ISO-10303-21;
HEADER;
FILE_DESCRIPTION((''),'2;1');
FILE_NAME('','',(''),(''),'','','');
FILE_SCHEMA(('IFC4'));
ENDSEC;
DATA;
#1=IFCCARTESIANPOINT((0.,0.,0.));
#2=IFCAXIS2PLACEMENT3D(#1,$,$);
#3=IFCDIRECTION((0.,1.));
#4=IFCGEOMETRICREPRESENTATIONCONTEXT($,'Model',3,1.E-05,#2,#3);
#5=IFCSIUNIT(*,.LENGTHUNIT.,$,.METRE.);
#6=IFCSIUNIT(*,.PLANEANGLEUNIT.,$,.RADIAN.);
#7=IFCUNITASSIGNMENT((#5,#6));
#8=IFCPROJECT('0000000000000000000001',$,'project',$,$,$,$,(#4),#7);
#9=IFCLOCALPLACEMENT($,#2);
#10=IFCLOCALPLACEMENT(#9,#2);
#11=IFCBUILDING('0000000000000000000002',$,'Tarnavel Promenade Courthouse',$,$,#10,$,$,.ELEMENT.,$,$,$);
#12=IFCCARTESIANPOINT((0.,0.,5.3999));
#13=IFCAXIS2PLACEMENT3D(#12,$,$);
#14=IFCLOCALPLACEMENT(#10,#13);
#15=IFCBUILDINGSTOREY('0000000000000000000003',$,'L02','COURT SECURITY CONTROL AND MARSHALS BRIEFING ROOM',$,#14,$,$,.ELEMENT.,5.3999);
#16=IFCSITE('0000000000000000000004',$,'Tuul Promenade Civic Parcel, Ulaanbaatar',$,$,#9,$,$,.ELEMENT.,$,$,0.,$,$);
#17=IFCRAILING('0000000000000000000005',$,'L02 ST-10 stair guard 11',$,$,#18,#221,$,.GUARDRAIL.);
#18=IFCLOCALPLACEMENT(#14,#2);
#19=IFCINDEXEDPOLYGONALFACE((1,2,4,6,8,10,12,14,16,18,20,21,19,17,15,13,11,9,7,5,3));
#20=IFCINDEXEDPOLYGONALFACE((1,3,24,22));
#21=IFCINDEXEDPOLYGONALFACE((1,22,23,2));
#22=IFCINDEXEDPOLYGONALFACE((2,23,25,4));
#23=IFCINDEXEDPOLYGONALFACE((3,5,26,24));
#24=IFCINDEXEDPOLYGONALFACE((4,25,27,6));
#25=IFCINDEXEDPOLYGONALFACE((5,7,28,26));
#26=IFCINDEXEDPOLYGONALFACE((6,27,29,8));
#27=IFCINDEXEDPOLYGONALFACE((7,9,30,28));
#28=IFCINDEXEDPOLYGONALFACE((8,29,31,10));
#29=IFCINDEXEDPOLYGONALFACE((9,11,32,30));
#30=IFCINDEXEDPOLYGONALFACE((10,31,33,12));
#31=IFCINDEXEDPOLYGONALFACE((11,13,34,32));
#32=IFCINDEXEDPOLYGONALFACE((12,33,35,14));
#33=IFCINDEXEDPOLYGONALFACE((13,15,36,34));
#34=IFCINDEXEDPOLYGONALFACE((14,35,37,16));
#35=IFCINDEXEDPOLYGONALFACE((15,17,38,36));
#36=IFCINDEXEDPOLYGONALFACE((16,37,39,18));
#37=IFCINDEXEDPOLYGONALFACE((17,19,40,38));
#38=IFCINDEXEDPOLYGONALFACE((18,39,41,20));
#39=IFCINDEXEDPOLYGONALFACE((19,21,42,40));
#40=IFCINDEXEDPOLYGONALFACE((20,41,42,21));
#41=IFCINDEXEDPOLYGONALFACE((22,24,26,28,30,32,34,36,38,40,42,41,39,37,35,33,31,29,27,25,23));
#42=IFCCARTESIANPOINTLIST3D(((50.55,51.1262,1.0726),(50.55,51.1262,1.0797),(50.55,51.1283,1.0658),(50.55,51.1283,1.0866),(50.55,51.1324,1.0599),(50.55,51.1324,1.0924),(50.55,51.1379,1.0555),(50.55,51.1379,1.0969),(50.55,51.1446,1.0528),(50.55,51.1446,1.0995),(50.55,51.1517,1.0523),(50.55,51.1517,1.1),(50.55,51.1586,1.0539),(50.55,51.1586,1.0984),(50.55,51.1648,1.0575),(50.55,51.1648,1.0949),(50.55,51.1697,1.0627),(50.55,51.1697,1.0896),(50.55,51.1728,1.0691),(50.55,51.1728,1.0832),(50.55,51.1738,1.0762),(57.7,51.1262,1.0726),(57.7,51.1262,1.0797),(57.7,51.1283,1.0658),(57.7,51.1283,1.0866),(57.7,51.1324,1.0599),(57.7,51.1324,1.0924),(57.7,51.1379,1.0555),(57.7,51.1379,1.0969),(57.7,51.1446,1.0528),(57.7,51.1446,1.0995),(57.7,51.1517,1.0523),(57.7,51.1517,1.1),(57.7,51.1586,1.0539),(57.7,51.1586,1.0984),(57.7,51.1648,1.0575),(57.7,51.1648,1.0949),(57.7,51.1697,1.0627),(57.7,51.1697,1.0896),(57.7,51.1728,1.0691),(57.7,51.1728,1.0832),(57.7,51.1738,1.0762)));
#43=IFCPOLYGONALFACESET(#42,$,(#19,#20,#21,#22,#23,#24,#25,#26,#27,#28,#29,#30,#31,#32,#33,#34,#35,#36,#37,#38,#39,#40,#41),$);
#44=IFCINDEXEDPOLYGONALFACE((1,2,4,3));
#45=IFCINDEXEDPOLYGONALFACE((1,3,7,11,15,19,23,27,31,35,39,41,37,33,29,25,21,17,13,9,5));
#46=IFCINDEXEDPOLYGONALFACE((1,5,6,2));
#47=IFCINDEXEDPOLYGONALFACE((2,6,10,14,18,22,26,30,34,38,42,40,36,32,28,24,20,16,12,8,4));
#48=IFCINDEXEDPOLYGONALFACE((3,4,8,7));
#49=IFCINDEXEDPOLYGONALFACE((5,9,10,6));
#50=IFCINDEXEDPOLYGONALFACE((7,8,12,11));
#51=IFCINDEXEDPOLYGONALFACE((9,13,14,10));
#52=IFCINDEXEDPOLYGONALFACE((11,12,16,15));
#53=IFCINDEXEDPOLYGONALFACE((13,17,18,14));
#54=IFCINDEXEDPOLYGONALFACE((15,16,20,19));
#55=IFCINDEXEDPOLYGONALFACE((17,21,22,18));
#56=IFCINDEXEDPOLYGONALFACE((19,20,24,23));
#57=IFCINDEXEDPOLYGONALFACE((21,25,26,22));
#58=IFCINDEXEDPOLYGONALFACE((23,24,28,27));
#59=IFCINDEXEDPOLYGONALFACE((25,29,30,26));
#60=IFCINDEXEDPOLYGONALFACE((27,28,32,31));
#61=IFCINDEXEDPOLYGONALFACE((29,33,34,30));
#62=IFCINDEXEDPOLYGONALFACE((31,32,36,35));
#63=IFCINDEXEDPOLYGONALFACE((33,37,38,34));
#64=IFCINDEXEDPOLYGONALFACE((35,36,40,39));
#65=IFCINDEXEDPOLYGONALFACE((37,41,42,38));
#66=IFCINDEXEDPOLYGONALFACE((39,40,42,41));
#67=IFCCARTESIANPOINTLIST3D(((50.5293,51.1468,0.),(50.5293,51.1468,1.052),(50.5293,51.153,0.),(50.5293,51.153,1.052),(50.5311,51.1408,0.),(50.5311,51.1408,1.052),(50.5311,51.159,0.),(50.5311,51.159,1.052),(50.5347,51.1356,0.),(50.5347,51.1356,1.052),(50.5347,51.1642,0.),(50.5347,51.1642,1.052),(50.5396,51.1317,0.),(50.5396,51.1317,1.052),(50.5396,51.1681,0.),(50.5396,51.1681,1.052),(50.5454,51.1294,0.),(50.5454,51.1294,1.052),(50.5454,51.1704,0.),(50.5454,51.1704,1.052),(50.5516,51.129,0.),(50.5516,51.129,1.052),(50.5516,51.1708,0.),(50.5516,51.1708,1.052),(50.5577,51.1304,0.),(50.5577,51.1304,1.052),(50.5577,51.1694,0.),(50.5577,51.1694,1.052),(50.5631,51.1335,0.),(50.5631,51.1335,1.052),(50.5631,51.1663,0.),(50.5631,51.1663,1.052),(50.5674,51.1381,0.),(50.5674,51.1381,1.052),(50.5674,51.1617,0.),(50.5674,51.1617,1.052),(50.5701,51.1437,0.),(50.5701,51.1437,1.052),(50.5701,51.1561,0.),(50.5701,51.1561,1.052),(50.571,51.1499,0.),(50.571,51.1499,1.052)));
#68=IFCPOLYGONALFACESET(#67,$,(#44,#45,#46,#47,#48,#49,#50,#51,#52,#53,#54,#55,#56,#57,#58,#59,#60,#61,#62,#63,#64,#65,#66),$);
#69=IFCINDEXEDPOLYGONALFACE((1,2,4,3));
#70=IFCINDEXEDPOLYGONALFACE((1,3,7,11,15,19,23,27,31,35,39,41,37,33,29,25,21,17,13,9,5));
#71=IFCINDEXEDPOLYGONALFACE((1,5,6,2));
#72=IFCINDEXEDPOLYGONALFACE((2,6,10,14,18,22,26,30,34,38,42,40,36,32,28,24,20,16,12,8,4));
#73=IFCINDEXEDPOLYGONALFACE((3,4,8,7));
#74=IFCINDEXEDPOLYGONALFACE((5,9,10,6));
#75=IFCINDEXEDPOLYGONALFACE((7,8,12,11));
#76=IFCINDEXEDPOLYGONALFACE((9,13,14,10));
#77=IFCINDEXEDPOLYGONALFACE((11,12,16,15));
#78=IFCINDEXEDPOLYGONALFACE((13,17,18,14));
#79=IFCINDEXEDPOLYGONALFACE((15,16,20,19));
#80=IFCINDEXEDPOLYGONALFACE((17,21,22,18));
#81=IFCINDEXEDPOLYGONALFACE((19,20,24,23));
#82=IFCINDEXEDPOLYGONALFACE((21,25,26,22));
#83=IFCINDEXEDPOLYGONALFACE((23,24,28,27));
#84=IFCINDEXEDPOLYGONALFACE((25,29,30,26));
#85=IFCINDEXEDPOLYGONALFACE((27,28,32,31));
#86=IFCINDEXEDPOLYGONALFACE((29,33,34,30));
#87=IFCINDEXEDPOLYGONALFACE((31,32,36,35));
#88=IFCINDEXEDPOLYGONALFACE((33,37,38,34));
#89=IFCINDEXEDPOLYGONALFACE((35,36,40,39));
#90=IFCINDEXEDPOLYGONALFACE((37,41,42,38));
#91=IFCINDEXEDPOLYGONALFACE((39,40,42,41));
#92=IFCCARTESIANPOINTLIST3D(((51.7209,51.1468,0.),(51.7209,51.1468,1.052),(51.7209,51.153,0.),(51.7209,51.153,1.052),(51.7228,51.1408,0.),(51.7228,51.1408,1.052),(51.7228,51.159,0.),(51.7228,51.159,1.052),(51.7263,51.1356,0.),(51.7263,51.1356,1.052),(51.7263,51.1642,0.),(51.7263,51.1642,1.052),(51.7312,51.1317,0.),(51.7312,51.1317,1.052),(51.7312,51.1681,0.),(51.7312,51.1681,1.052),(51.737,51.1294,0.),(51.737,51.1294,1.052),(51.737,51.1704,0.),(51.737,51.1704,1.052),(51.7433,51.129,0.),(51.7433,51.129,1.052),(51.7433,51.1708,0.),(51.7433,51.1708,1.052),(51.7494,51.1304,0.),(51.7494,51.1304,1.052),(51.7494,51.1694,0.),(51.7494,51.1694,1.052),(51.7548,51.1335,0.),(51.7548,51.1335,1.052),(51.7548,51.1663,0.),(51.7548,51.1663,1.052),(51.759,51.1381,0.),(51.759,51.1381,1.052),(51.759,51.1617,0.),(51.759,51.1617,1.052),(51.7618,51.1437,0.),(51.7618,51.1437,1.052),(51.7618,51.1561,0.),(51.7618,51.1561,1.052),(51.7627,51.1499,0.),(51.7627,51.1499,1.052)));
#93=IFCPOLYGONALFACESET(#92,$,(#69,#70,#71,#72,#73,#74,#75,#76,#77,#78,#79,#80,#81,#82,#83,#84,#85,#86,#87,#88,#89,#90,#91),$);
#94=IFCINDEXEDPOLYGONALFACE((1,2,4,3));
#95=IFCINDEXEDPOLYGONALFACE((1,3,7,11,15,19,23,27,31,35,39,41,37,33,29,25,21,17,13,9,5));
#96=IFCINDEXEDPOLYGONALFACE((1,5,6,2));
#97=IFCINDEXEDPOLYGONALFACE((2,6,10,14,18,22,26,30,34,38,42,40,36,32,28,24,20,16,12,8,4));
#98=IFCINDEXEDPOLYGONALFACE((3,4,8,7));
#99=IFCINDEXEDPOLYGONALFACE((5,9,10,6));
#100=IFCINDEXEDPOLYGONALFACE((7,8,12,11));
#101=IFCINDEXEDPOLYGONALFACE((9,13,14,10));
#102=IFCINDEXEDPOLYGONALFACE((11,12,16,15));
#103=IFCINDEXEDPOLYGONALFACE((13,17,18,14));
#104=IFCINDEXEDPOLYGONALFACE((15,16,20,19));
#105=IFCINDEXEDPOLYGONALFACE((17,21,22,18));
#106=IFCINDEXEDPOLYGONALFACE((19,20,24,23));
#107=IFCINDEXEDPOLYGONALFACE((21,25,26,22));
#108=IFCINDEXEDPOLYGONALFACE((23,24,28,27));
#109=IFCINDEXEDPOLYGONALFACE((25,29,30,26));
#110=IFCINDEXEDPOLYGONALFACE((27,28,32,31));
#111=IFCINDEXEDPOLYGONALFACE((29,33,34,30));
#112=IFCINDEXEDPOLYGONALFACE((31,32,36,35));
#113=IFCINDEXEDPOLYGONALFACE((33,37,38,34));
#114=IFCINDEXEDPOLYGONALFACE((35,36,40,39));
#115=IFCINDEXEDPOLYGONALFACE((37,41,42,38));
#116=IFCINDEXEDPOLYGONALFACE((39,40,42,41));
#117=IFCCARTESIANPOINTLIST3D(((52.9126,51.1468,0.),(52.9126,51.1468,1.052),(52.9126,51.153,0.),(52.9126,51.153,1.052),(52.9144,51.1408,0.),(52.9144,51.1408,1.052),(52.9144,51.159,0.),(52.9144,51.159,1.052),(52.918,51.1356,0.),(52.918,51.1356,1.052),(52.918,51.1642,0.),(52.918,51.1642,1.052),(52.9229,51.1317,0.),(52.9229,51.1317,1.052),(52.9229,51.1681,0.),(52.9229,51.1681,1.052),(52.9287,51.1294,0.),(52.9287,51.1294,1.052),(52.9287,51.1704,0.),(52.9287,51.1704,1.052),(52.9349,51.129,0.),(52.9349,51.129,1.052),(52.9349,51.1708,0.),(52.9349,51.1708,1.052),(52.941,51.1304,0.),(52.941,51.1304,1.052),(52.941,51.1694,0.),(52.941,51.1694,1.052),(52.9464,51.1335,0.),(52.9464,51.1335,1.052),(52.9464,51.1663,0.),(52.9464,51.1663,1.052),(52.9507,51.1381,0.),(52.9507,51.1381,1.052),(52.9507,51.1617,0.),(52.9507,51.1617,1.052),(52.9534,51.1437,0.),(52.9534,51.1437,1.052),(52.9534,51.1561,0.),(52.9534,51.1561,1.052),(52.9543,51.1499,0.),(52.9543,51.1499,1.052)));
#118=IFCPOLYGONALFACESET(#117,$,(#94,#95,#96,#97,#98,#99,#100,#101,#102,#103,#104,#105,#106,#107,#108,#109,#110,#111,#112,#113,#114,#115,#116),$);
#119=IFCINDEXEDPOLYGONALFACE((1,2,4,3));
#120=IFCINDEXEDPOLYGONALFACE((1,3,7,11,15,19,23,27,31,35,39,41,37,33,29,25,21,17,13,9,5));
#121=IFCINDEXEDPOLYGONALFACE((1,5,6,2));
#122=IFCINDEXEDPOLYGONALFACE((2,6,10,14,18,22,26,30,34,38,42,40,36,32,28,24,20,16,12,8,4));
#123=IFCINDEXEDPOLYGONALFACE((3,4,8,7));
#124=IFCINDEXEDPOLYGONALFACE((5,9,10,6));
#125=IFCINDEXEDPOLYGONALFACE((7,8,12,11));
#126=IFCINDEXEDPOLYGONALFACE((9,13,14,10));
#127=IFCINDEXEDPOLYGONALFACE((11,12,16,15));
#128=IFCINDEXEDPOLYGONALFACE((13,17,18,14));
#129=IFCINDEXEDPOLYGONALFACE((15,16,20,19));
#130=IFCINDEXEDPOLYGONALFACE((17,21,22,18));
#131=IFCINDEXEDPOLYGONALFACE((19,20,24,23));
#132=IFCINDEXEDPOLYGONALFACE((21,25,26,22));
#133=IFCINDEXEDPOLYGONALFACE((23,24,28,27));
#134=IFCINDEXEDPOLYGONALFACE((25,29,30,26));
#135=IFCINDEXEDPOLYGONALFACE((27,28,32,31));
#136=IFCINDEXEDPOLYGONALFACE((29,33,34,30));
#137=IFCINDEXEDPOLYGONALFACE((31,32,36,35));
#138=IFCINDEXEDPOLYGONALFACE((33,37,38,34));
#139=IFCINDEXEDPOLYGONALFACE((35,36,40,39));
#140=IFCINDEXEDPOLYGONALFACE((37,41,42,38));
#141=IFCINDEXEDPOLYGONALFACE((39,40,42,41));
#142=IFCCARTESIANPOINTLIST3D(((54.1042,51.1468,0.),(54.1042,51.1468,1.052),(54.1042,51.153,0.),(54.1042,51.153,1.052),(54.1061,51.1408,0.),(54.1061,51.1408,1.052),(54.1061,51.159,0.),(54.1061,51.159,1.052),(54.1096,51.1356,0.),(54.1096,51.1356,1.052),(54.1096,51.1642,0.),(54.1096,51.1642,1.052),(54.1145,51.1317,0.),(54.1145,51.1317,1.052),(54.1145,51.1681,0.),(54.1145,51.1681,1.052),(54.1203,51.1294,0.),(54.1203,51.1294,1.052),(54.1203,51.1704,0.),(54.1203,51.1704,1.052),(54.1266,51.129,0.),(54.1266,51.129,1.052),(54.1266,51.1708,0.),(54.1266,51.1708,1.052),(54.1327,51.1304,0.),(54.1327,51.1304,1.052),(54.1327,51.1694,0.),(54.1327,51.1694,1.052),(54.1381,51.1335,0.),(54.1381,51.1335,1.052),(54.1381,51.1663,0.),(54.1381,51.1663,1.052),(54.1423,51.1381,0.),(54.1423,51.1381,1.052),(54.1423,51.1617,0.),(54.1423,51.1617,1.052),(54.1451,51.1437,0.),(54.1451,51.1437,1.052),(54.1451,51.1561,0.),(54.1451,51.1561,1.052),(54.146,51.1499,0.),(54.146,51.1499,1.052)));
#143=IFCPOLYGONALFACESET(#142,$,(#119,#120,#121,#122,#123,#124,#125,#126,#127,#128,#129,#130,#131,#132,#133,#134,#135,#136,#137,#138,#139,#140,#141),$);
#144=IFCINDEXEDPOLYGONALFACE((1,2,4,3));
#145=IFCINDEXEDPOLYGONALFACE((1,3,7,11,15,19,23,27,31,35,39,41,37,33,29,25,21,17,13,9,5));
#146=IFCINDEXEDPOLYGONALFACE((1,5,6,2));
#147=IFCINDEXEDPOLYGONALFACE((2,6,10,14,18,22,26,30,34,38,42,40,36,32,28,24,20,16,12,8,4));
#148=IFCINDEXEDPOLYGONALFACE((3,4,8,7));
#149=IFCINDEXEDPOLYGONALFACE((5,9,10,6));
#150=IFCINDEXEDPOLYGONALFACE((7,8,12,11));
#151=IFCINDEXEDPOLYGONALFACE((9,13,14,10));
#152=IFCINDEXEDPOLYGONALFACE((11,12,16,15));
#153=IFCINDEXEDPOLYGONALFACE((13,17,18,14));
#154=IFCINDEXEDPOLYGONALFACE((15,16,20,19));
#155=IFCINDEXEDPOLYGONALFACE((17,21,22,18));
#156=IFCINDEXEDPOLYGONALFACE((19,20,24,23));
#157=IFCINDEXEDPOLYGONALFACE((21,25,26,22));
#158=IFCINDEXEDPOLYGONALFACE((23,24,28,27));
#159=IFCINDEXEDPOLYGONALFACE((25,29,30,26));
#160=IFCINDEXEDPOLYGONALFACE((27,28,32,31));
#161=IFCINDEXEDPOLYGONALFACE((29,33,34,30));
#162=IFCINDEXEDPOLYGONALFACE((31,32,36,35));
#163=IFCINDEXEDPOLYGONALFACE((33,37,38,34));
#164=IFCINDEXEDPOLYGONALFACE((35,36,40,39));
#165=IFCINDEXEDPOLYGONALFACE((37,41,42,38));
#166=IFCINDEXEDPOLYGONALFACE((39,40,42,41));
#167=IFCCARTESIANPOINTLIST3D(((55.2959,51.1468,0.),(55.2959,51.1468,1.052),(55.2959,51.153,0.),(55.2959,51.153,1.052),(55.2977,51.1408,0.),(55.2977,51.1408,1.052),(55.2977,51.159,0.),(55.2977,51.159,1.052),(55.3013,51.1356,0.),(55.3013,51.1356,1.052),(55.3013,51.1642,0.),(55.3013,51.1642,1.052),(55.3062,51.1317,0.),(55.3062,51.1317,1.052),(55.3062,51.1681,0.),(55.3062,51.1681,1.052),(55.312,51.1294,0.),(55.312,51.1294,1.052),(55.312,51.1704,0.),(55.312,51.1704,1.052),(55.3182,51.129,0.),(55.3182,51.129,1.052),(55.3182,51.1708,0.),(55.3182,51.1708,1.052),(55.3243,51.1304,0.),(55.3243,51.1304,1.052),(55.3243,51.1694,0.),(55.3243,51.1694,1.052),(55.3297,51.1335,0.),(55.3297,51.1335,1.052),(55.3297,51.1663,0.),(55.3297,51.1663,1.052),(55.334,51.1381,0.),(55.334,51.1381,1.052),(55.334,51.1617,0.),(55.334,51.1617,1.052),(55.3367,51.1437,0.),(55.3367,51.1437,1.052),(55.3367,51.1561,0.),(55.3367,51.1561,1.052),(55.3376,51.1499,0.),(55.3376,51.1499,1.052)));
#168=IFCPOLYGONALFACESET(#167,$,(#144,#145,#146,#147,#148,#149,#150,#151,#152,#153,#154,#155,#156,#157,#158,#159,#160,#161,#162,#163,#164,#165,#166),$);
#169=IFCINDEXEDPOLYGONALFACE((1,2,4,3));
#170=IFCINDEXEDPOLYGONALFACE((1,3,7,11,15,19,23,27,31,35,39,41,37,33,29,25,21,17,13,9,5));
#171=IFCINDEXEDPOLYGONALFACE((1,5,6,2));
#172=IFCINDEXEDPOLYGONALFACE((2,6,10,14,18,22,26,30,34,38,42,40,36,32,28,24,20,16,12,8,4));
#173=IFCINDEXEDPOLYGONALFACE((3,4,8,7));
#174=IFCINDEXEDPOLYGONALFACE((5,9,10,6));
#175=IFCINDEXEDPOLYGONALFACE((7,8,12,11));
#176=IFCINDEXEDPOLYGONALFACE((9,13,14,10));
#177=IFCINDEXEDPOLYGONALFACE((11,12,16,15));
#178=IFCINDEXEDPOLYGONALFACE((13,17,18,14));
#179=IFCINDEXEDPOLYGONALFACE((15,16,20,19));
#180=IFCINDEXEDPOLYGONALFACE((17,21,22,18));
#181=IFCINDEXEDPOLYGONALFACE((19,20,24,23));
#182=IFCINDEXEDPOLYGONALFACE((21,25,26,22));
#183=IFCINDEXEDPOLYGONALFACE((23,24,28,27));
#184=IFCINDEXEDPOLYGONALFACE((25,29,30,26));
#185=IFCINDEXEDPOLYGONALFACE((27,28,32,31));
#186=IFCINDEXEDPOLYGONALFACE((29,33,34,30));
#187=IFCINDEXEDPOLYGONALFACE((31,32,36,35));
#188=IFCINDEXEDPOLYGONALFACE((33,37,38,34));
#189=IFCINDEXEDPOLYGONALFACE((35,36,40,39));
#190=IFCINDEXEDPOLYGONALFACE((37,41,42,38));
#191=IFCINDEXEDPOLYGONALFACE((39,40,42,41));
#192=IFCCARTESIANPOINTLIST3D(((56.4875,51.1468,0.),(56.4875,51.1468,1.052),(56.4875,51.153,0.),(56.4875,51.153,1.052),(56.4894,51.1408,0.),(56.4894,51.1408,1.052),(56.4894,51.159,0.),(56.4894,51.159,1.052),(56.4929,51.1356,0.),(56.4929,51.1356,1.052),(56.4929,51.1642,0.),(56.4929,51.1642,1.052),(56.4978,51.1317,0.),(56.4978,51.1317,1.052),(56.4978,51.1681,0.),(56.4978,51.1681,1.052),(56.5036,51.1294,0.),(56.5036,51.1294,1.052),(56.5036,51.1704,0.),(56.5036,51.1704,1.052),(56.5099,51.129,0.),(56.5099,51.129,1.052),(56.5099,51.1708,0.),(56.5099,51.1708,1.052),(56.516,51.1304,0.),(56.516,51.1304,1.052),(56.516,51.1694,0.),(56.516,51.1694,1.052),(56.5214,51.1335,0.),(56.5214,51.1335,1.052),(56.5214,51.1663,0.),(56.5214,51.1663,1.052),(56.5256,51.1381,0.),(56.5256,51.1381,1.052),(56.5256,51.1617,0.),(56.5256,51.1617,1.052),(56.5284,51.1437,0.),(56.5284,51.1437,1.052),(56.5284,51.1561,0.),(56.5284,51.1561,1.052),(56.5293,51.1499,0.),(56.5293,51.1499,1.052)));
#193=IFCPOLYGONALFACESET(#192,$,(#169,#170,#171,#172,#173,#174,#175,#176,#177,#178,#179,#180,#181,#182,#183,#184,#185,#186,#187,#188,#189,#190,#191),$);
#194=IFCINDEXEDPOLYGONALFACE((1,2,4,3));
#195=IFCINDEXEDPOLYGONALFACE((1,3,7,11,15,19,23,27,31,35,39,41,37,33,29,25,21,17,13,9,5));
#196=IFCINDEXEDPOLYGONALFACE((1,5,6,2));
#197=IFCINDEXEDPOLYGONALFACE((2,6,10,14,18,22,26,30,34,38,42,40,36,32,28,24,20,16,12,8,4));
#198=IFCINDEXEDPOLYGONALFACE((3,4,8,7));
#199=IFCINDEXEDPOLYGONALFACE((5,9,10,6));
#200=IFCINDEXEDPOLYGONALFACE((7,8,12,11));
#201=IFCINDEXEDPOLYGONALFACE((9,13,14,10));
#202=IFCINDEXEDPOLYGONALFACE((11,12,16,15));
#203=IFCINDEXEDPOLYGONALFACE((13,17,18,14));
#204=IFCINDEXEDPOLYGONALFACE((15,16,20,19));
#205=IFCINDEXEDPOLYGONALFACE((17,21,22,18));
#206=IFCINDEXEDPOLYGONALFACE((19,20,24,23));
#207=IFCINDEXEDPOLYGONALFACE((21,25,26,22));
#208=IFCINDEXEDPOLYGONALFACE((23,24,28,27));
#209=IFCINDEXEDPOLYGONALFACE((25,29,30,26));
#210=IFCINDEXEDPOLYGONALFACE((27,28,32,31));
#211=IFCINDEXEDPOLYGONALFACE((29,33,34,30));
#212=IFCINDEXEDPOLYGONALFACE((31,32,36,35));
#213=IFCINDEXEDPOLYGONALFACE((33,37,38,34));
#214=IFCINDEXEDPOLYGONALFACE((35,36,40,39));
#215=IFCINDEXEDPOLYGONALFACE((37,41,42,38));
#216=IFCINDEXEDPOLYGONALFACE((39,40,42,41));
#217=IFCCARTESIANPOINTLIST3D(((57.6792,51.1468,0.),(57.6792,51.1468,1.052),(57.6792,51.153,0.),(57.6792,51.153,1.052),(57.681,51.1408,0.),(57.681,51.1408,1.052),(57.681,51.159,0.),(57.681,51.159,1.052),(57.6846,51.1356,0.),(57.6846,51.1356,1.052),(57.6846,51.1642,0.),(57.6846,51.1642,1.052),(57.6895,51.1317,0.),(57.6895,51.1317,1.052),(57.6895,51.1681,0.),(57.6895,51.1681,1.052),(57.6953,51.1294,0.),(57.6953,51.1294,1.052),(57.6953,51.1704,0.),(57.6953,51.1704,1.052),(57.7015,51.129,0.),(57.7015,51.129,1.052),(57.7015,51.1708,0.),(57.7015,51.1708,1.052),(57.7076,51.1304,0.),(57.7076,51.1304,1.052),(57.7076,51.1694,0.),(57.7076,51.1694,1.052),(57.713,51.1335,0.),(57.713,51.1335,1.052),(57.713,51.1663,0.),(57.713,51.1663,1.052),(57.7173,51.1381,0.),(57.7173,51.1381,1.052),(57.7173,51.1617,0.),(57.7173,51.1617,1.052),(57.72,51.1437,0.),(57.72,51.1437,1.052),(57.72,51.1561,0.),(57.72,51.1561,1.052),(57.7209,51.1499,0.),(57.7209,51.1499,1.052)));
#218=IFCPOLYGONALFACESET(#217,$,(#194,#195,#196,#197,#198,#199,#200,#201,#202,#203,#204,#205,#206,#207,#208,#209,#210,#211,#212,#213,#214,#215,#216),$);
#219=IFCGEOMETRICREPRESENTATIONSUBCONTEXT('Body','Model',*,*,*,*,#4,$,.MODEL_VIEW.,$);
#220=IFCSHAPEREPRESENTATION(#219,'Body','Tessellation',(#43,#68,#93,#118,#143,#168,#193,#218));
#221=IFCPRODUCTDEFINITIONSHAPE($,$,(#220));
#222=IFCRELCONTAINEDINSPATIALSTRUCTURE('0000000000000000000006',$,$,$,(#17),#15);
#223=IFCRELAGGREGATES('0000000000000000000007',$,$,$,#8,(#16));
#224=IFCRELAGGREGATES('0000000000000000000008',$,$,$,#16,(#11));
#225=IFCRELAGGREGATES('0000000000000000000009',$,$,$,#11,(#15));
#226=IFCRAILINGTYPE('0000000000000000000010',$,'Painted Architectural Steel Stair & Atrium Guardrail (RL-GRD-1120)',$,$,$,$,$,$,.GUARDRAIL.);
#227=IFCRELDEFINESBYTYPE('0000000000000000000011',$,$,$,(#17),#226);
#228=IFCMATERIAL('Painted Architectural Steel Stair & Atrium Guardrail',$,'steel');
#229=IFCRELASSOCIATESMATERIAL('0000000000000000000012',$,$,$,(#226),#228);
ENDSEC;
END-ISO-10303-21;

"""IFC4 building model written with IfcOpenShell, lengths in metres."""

from ifc_helpers import new_model, si_unit, direction, frame, origin, origin_2d, place, context, subcontext, project, spatial, circle, extrude, material, type_object, element, save


model = new_model("IFC4")

# Units and contexts
model_context = context("Model", 3, precision=1e-05, world=origin(), true_north=direction((0.0, 1.0)))
body_context = subcontext(model_context, "Body", "Model", "MODEL_VIEW")
ifc_project = project(units=[si_unit("LENGTHUNIT", "METRE"), si_unit("PLANEANGLEUNIT", "RADIAN")], contexts=[model_context])

# Site, building, storey
site_placement = place(None, origin())
site = spatial("IfcSite", under=ifc_project, at=site_placement, Name="Tuul Promenade Civic Parcel, Ulaanbaatar", CompositionType="ELEMENT", RefElevation=0.0)
building_placement = place(site_placement, origin())
building = spatial("IfcBuilding", under=site, at=building_placement, Name="Tarnavel Promenade Courthouse", CompositionType="ELEMENT")
storey_placement = place(building_placement, frame((0.0, 0.0, 5.3999)))
storey = spatial("IfcBuildingStorey", under=building, at=storey_placement, Name="L02", Description="COURT SECURITY CONTROL AND MARSHALS BRIEFING ROOM", CompositionType="ELEMENT", Elevation=5.3999)

# Railing
ifc_material_1 = material(Name="Painted Architectural Steel Stair & Atrium Guardrail", Category="steel")
railing_type_1 = type_object("IfcRailingType", Name="Painted Architectural Steel Stair & Atrium Guardrail (RL-GRD-1120)", PredefinedType="GUARDRAIL", material=ifc_material_1)
railing_1_placement = place(storey_placement, frame((50.55, 51.1499, 0.0)))
element("IfcRailing", 1, at=railing_1_placement, inside=storey, type_object=railing_type_1, Name="L02 ST-10 stair guard 11", PredefinedType="GUARDRAIL", context=body_context, shape_type="SweptSolid", body=[
    extrude(circle(Radius=0.0239, at=origin_2d()), frame((0.0, 0.0, 1.0762), z_axis=(1.0, 0.0, 0.0), x_axis=(0.0, 1.0, 0.0)), (0.0, 0.0, 1.0), 7.1499),
    extrude(circle(Radius=0.021, at=origin_2d()), origin(), (0.0, 0.0, 1.0), 1.052),
    extrude(circle(Radius=0.021, at=origin_2d()), frame((1.1917, 0.0, 0.0)), (0.0, 0.0, 1.0), 1.052),
    extrude(circle(Radius=0.021, at=origin_2d()), frame((2.3833, 0.0, 0.0)), (0.0, 0.0, 1.0), 1.052),
    extrude(circle(Radius=0.021, at=origin_2d()), frame((3.575, 0.0, 0.0)), (0.0, 0.0, 1.0), 1.052),
    extrude(circle(Radius=0.021, at=origin_2d()), frame((4.7666, 0.0, 0.0)), (0.0, 0.0, 1.0), 1.052),
    extrude(circle(Radius=0.021, at=origin_2d()), frame((5.9583, 0.0, 0.0)), (0.0, 0.0, 1.0), 1.052),
    extrude(circle(Radius=0.021, at=origin_2d()), frame((7.1499, 0.0, 0.0)), (0.0, 0.0, 1.0), 1.052),
])

save(model, "model.ifc")
